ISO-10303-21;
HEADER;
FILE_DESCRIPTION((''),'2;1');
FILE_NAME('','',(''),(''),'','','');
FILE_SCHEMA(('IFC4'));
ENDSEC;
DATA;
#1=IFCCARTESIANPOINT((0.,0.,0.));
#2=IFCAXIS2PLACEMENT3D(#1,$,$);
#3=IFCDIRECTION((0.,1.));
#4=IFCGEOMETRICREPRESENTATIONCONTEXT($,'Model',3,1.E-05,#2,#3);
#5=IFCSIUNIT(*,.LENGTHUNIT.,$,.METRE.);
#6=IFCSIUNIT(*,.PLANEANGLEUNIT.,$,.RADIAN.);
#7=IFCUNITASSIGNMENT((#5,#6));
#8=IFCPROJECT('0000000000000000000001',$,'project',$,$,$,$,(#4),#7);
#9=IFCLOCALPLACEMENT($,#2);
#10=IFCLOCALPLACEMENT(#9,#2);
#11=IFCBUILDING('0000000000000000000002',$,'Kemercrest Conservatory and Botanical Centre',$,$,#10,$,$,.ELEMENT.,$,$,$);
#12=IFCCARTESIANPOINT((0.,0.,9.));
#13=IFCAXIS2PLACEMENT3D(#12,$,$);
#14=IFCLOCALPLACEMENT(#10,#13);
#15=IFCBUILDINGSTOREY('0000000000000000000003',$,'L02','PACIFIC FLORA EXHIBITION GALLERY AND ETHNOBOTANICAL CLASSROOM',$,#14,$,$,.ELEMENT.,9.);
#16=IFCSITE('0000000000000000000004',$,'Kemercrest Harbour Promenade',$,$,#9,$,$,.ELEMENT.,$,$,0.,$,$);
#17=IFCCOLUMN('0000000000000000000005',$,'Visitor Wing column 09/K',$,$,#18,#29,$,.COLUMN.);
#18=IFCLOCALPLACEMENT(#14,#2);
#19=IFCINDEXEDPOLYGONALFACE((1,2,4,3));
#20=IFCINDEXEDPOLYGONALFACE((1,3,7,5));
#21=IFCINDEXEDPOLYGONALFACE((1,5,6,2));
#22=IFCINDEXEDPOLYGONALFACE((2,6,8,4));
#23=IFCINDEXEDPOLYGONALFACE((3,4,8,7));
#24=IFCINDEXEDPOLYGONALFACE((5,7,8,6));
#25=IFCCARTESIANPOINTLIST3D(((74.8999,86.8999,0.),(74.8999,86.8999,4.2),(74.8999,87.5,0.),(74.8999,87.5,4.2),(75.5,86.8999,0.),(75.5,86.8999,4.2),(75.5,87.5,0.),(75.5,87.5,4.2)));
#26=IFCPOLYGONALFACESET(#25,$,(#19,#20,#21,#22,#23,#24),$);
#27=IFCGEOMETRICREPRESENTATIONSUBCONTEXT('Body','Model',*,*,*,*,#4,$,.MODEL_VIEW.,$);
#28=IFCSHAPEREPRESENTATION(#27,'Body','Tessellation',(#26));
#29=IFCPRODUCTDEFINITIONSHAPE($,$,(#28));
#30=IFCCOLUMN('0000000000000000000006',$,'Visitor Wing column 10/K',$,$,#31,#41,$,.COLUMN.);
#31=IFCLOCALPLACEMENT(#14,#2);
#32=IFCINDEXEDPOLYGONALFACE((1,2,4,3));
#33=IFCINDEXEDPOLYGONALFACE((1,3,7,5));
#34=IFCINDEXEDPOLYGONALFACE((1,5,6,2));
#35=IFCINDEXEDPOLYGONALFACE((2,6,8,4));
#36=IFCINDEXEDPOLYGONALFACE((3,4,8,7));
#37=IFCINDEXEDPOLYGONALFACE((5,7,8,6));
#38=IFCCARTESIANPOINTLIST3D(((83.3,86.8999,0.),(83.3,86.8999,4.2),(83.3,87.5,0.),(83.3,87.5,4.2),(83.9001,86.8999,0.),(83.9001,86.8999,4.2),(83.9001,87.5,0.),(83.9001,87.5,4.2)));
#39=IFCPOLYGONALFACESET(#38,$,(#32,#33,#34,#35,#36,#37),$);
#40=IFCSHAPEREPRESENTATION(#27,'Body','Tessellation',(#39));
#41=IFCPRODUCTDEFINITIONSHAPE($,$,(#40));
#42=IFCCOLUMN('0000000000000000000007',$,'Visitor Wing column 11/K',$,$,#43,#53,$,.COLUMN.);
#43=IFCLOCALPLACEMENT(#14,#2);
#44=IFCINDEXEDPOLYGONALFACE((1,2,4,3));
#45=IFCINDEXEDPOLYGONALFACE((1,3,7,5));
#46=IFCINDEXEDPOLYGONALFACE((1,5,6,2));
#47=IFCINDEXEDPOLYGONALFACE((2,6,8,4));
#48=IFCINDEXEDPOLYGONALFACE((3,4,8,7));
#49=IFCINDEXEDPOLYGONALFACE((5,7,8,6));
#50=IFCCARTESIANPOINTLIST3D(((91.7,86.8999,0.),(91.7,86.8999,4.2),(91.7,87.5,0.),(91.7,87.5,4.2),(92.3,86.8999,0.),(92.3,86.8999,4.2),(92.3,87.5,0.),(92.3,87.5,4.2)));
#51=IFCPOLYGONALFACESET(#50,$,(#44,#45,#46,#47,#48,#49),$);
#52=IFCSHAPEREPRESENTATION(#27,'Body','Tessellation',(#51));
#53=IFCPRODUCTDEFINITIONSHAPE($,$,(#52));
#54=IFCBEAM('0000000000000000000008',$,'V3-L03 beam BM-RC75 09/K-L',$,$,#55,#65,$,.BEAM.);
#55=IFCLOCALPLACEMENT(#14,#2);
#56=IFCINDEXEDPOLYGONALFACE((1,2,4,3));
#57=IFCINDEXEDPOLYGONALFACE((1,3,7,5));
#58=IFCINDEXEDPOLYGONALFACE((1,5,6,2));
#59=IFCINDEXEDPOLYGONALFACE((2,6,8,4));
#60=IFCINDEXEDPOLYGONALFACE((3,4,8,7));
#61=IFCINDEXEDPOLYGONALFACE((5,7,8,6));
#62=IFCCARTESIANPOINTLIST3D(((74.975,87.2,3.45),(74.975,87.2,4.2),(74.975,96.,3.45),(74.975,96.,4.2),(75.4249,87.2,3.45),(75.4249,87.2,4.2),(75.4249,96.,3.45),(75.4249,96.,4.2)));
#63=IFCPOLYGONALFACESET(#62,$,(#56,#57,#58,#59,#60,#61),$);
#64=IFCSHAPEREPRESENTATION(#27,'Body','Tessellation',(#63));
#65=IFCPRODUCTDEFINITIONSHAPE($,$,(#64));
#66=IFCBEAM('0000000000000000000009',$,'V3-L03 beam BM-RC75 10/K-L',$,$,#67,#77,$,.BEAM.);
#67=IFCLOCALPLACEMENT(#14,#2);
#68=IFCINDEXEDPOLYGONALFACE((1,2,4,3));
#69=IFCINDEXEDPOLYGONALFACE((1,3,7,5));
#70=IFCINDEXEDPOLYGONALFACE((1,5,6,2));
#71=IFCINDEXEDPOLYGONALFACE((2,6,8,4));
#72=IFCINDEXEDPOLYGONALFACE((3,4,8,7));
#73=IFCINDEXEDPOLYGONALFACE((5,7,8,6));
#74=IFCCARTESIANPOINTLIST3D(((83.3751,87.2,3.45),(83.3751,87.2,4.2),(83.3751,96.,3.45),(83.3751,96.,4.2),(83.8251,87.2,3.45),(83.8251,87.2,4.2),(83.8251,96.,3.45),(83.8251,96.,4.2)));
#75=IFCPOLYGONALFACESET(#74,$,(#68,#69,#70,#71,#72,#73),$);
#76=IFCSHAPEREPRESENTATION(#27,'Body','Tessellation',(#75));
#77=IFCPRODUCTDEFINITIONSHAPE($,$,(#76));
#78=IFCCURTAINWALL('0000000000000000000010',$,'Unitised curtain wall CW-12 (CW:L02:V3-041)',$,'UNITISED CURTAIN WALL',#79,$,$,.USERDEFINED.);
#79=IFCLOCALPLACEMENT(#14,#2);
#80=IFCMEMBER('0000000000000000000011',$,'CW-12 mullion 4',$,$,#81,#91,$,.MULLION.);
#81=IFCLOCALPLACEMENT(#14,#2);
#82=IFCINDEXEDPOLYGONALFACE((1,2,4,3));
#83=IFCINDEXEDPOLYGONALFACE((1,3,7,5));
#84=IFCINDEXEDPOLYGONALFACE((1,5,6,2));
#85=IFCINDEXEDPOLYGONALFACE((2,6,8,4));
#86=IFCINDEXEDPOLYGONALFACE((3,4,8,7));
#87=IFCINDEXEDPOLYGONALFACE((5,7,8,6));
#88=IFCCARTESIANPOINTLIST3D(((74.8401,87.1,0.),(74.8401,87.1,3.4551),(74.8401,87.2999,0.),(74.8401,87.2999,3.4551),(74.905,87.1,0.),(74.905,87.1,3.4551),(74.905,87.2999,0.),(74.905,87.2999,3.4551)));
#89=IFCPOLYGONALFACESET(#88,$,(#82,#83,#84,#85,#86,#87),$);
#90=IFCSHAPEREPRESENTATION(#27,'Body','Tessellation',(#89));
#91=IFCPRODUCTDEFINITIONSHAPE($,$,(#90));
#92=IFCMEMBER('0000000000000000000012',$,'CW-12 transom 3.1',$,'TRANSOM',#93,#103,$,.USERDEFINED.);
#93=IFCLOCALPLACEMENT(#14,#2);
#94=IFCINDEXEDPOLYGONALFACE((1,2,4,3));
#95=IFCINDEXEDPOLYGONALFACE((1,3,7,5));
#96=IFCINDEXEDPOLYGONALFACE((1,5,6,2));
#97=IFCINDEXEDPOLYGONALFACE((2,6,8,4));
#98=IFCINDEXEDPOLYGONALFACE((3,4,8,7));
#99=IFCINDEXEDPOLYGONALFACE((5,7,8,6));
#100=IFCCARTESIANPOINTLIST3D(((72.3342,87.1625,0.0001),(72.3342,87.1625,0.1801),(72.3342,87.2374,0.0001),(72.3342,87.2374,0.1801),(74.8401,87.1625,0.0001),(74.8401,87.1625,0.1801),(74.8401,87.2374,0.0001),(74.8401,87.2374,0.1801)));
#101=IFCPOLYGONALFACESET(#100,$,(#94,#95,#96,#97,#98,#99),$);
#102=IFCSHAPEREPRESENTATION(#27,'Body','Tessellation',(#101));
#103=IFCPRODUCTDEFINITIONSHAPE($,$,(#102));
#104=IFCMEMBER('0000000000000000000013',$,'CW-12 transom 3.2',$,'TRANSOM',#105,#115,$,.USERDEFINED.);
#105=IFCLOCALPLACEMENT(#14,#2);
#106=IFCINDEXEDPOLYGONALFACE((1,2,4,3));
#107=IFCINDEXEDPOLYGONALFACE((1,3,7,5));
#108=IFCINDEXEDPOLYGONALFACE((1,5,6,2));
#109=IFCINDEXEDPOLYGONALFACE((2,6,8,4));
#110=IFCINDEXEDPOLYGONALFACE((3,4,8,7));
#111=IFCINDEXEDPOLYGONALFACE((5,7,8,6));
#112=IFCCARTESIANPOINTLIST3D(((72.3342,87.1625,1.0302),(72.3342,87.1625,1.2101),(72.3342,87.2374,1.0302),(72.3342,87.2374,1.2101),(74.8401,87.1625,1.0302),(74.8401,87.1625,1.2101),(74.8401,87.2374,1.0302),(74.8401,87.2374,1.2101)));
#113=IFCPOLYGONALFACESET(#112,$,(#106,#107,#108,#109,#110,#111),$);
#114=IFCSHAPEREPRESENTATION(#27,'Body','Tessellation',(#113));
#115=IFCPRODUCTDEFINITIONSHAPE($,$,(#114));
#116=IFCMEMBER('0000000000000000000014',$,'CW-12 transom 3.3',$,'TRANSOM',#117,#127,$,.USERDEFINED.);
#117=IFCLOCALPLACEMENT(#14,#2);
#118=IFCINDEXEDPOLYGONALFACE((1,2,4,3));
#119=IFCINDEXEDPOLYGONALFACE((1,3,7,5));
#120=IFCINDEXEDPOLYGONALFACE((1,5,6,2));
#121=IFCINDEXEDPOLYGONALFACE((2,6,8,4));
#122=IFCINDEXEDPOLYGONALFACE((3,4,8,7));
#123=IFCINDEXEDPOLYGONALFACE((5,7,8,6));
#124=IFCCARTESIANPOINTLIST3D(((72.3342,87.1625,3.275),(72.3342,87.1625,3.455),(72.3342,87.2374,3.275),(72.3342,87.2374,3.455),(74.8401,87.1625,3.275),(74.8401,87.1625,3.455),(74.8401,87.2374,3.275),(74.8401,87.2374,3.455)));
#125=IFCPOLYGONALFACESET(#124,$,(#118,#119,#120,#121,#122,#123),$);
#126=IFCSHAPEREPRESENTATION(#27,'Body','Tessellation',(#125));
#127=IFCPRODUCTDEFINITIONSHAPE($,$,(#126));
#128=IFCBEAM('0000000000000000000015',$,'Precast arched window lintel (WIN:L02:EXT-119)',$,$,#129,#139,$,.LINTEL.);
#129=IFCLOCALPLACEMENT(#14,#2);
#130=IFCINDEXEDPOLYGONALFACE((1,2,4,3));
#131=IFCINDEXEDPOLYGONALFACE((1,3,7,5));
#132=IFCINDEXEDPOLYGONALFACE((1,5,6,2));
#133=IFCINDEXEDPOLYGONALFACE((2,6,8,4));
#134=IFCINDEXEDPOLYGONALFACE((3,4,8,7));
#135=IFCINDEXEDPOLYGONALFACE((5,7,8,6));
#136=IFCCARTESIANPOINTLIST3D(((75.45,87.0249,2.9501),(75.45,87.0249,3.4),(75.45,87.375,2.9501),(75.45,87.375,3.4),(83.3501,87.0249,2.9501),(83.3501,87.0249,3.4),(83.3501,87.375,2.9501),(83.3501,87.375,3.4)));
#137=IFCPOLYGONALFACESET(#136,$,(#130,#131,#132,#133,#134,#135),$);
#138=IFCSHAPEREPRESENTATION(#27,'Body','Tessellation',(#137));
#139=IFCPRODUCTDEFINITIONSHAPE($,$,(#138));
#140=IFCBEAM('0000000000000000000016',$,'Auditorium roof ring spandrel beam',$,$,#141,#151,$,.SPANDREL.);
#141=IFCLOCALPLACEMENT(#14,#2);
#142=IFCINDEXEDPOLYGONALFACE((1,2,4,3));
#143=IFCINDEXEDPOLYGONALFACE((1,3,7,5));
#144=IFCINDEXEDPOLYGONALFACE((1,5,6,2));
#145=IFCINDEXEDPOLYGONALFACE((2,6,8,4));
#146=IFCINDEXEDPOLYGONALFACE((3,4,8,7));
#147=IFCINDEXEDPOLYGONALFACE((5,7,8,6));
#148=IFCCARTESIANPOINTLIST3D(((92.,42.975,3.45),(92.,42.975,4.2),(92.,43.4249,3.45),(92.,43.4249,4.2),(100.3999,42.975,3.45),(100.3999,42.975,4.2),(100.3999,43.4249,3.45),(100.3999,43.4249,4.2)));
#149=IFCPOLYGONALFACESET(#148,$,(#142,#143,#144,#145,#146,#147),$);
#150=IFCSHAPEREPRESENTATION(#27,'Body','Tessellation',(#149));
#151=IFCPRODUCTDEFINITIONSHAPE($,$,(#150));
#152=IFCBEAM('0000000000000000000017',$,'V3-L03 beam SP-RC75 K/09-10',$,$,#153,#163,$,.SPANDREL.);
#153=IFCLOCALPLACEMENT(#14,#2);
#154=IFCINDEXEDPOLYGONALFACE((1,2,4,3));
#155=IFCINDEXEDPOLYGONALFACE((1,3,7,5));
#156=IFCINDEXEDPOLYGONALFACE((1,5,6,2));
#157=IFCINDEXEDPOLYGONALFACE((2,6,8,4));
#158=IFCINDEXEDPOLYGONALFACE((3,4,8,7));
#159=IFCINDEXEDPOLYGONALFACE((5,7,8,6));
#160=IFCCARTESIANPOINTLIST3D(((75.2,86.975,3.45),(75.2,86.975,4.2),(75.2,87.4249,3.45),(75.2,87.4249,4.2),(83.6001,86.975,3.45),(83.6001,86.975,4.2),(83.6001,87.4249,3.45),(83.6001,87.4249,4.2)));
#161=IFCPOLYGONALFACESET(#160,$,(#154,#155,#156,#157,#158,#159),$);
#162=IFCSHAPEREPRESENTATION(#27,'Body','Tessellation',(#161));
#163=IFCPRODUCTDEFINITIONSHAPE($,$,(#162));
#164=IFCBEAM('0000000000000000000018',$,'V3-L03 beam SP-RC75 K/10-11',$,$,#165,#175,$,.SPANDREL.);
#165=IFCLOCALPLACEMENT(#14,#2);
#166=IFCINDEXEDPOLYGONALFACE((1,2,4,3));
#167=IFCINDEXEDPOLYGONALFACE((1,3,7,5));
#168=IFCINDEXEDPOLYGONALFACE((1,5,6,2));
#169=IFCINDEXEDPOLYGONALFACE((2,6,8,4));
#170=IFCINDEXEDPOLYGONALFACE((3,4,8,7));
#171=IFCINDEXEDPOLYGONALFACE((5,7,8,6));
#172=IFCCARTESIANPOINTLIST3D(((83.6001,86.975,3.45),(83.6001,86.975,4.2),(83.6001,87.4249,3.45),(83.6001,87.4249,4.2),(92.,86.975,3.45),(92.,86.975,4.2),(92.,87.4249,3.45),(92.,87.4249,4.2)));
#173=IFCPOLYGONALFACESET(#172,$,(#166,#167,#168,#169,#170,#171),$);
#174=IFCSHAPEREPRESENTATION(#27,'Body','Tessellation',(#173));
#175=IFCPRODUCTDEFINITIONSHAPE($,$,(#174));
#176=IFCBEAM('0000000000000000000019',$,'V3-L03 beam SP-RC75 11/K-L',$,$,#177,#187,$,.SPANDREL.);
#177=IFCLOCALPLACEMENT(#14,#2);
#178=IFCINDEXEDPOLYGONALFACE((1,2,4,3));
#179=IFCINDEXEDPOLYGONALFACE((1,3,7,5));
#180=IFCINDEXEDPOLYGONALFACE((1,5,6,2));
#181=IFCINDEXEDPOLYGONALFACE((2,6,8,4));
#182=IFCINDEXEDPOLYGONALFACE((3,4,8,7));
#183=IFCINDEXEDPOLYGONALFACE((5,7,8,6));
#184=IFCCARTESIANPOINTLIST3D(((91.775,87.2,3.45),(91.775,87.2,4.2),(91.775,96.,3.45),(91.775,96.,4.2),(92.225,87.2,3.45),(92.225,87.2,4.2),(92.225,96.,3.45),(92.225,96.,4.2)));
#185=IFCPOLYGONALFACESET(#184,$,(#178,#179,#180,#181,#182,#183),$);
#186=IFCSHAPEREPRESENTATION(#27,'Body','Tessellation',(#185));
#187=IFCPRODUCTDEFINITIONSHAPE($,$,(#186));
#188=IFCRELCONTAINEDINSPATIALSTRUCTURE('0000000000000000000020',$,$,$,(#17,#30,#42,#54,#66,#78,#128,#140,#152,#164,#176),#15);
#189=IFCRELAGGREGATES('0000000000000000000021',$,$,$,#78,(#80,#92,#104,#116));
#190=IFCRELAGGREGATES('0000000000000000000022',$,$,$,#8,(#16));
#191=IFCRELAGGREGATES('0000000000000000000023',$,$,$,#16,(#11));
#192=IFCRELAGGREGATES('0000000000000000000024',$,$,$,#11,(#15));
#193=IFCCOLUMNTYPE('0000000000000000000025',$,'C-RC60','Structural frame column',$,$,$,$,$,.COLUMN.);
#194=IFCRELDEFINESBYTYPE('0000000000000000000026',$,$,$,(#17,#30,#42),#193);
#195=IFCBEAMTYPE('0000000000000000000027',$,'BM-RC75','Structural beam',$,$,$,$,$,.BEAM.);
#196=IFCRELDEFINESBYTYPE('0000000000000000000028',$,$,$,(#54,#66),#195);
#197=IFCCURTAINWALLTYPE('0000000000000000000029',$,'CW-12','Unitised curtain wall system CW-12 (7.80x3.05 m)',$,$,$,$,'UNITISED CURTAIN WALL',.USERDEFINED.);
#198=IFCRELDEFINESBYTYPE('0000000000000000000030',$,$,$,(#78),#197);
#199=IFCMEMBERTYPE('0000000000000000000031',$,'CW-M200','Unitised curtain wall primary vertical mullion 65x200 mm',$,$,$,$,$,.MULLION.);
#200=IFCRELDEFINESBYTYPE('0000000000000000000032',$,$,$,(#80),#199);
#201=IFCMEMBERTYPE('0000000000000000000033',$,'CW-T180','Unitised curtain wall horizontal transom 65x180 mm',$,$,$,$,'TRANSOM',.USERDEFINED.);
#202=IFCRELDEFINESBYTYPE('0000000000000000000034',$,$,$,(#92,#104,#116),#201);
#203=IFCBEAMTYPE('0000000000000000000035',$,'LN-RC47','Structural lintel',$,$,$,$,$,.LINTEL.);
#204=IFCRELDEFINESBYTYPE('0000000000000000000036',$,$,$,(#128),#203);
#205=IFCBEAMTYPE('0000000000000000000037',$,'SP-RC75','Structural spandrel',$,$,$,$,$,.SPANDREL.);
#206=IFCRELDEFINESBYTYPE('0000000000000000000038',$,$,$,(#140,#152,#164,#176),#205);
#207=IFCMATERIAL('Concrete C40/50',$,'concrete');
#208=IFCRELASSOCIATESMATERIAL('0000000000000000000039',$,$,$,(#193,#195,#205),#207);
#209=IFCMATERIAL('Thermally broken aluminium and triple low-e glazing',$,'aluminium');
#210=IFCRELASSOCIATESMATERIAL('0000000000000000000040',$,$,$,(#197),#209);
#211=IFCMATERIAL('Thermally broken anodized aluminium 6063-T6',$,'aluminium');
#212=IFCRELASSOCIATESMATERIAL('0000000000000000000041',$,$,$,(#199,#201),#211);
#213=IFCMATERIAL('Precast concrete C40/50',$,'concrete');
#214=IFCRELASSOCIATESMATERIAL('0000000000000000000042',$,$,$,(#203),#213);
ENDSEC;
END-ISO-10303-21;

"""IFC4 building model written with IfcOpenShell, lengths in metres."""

from ifc_helpers import new_model, si_unit, direction, frame, origin, origin_2d, place, context, subcontext, project, spatial, rectangle, extrude, material, material_profile, profile_set, type_object, element, aggregate, save


model = new_model("IFC4")

# Units and contexts
model_context = context("Model", 3, precision=1e-05, world=origin(), true_north=direction((0.0, 1.0)))
body_context = subcontext(model_context, "Body", "Model", "MODEL_VIEW")
ifc_project = project(units=[si_unit("LENGTHUNIT", "METRE"), si_unit("PLANEANGLEUNIT", "RADIAN")], contexts=[model_context])

# Site, building, storey
site_placement = place(None, origin())
site = spatial("IfcSite", under=ifc_project, at=site_placement, Name="Kemercrest Harbour Promenade", CompositionType="ELEMENT", RefElevation=0.0)
building_placement = place(site_placement, origin())
building = spatial("IfcBuilding", under=site, at=building_placement, Name="Kemercrest Conservatory and Botanical Centre", CompositionType="ELEMENT")
storey_placement = place(building_placement, frame((0.0, 0.0, 9.0)))
storey = spatial("IfcBuildingStorey", under=building, at=storey_placement, Name="L02", Description="PACIFIC FLORA EXHIBITION GALLERY AND ETHNOBOTANICAL CLASSROOM", CompositionType="ELEMENT", Elevation=9.0)

# Columns
ifc_material_1 = material(Name="Concrete C40/50", Category="concrete")
ifc_material_profile_1 = material_profile(ifc_material_1, rectangle(XDim=0.6001, YDim=0.6001, at=origin_2d()), Name="RC 600x600")
ifc_profile_set_1 = profile_set([ifc_material_profile_1], Name="Concrete C40/50")
column_type = type_object("IfcColumnType", Name="C-RC60", Description="Structural frame column", PredefinedType="COLUMN", material=ifc_profile_set_1)
for number, where, z_axis, x_axis, name in (
    (1, (75.2, 87.2, 0.0), (0.0, 0.0, 1.0), (1.0, 0.0, 0.0), "Visitor Wing column 09/K"),
    (2, (83.6001, 87.2, 0.0), (0.0, 0.0, 1.0), (1.0, 0.0, 0.0), "Visitor Wing column 10/K"),
    (3, (92.0, 87.2, 0.0), (0.0, 0.0, 1.0), (1.0, 0.0, 0.0), "Visitor Wing column 11/K"),
):
    element("IfcColumn", number, at=place(storey_placement, frame(where, z_axis=z_axis, x_axis=x_axis)), inside=storey, type_object=column_type, Name=name, PredefinedType="COLUMN", context=body_context, shape_type="SweptSolid", body=[
        extrude(rectangle(XDim=0.6001, YDim=0.6001, at=origin_2d()), origin(), (0.0, 0.0, 1.0), 4.2),
    ])

# Beams
ifc_material_profile_2 = material_profile(ifc_material_1, rectangle(XDim=0.45, YDim=0.75, at=origin_2d()), Name="RC 450x750")
ifc_profile_set_2 = profile_set([ifc_material_profile_2], Name="Concrete C40/50")
beam_type_1 = type_object("IfcBeamType", Name="BM-RC75", Description="Structural beam", PredefinedType="BEAM", material=ifc_profile_set_2)
for number, where, z_axis, x_axis, name in (
    (4, (75.2, 87.2, 3.825), (0.0, 1.0, 0.0), (-1.0, 0.0, 0.0), "V3-L03 beam BM-RC75 09/K-L"),
    (5, (83.6001, 87.2, 3.825), (0.0, 1.0, 0.0), (-1.0, 0.0, 0.0), "V3-L03 beam BM-RC75 10/K-L"),
):
    element("IfcBeam", number, at=place(storey_placement, frame(where, z_axis=z_axis, x_axis=x_axis)), inside=storey, type_object=beam_type_1, Name=name, PredefinedType="BEAM", context=body_context, shape_type="SweptSolid", body=[
        extrude(rectangle(XDim=0.45, YDim=0.75, at=origin_2d()), origin(), (0.0, 0.0, 1.0), 8.8),
    ])

# Curtain wall, members
ifc_material_2 = material(Name="Thermally broken aluminium and triple low-e glazing", Category="aluminium")
curtain_wall_type = type_object("IfcCurtainWallType", Name="CW-12", Description="Unitised curtain wall system CW-12 (7.80x3.05 m)", ElementType="UNITISED CURTAIN WALL", PredefinedType="USERDEFINED", material=ifc_material_2)
curtain_wall_placement = place(storey_placement, origin())
curtain_wall = element("IfcCurtainWall", 6, at=curtain_wall_placement, inside=storey, type_object=curtain_wall_type, Name="Unitised curtain wall CW-12 (CW:L02:V3-041)", ObjectType="UNITISED CURTAIN WALL", PredefinedType="USERDEFINED")
ifc_material_3 = material(Name="Thermally broken anodized aluminium 6063-T6", Category="aluminium")
ifc_material_profile_3 = material_profile(ifc_material_3, rectangle(XDim=0.2, YDim=0.0649, at=origin_2d()), Name="AL MULLION 65x200")
ifc_profile_set_3 = profile_set([ifc_material_profile_3], Name="Thermally broken anodized aluminium 6063-T6")
member_type_1 = type_object("IfcMemberType", Name="CW-M200", Description="Unitised curtain wall primary vertical mullion 65x200 mm", PredefinedType="MULLION", material=ifc_profile_set_3)
member_1_placement = place(storey_placement, frame((74.8726, 87.2, 0.0), z_axis=(0.0, 0.0, 1.0), x_axis=(0.0, 1.0, 0.0)))
member_1 = element("IfcMember", 7, at=member_1_placement, type_object=member_type_1, Name="CW-12 mullion 4", PredefinedType="MULLION", context=body_context, shape_type="SweptSolid", body=[
    extrude(rectangle(XDim=0.2, YDim=0.0649, at=origin_2d()), origin(), (0.0, 0.0, 1.0), 3.4551),
])
ifc_material_profile_4 = material_profile(ifc_material_3, rectangle(XDim=0.075, YDim=0.1799, at=origin_2d()), Name="AL TRANSOM 75x180")
ifc_profile_set_4 = profile_set([ifc_material_profile_4], Name="Thermally broken anodized aluminium 6063-T6")
member_type_2 = type_object("IfcMemberType", Name="CW-T180", Description="Unitised curtain wall horizontal transom 65x180 mm", ElementType="TRANSOM", PredefinedType="USERDEFINED", material=ifc_profile_set_4)
member_2_placement = place(storey_placement, frame((72.3342, 87.2, 0.0901), z_axis=(1.0, 0.0, 0.0), x_axis=(0.0, 1.0, 0.0)))
member_2 = element("IfcMember", 8, at=member_2_placement, type_object=member_type_2, Name="CW-12 transom 3.1", ObjectType="TRANSOM", PredefinedType="USERDEFINED", context=body_context, shape_type="SweptSolid", body=[
    extrude(rectangle(XDim=0.075, YDim=0.1799, at=origin_2d()), origin(), (0.0, 0.0, 1.0), 2.5059),
])
member_3_placement = place(storey_placement, frame((72.3342, 87.2, 1.1201), z_axis=(1.0, 0.0, 0.0), x_axis=(0.0, 1.0, 0.0)))
member_3 = element("IfcMember", 9, at=member_3_placement, type_object=member_type_2, Name="CW-12 transom 3.2", ObjectType="TRANSOM", PredefinedType="USERDEFINED", context=body_context, shape_type="SweptSolid", body=[
    extrude(rectangle(XDim=0.075, YDim=0.1799, at=origin_2d()), origin(), (0.0, 0.0, 1.0), 2.5059),
])
member_4_placement = place(storey_placement, frame((72.3342, 87.2, 3.365), z_axis=(1.0, 0.0, 0.0), x_axis=(0.0, 1.0, 0.0)))
member_4 = element("IfcMember", 10, at=member_4_placement, type_object=member_type_2, Name="CW-12 transom 3.3", ObjectType="TRANSOM", PredefinedType="USERDEFINED", context=body_context, shape_type="SweptSolid", body=[
    extrude(rectangle(XDim=0.075, YDim=0.1799, at=origin_2d()), origin(), (0.0, 0.0, 1.0), 2.5059),
])

# Beams
ifc_material_4 = material(Name="Precast concrete C40/50", Category="concrete")
ifc_material_profile_5 = material_profile(ifc_material_4, rectangle(XDim=0.3501, YDim=0.45, at=origin_2d()), Name="RC 350x450")
ifc_profile_set_5 = profile_set([ifc_material_profile_5], Name="Precast concrete C40/50")
beam_type_2 = type_object("IfcBeamType", Name="LN-RC47", Description="Structural lintel", PredefinedType="LINTEL", material=ifc_profile_set_5)
beam_1_placement = place(storey_placement, frame((75.45, 87.2, 3.175), z_axis=(1.0, 0.0, 0.0), x_axis=(0.0, 1.0, 0.0)))
element("IfcBeam", 11, at=beam_1_placement, inside=storey, type_object=beam_type_2, Name="Precast arched window lintel (WIN:L02:EXT-119)", PredefinedType="LINTEL", context=body_context, shape_type="SweptSolid", body=[
    extrude(rectangle(XDim=0.3501, YDim=0.45, at=origin_2d()), origin(), (0.0, 0.0, 1.0), 7.9001),
])
ifc_material_profile_6 = material_profile(ifc_material_1, rectangle(XDim=0.45, YDim=0.75, at=origin_2d()), Name="RC 450x750")
ifc_profile_set_6 = profile_set([ifc_material_profile_6], Name="Concrete C40/50")
beam_type_3 = type_object("IfcBeamType", Name="SP-RC75", Description="Structural spandrel", PredefinedType="SPANDREL", material=ifc_profile_set_6)
beam_2_placement = place(storey_placement, frame((92.0, 43.2, 3.825), z_axis=(1.0, 0.0, 0.0), x_axis=(0.0, 1.0, 0.0)))
element("IfcBeam", 12, at=beam_2_placement, inside=storey, type_object=beam_type_3, Name="Auditorium roof ring spandrel beam", PredefinedType="SPANDREL", context=body_context, shape_type="SweptSolid", body=[
    extrude(rectangle(XDim=0.45, YDim=0.75, at=origin_2d()), origin(), (0.0, 0.0, 1.0), 8.3999),
])
beam_3_placement = place(storey_placement, frame((75.2, 87.2, 3.825), z_axis=(1.0, 0.0, 0.0), x_axis=(0.0, 1.0, 0.0)))
element("IfcBeam", 13, at=beam_3_placement, inside=storey, type_object=beam_type_3, Name="V3-L03 beam SP-RC75 K/09-10", PredefinedType="SPANDREL", context=body_context, shape_type="SweptSolid", body=[
    extrude(rectangle(XDim=0.45, YDim=0.75, at=origin_2d()), origin(), (0.0, 0.0, 1.0), 8.4001),
])
beam_4_placement = place(storey_placement, frame((83.6001, 87.2, 3.825), z_axis=(1.0, 0.0, 0.0), x_axis=(0.0, 1.0, 0.0)))
element("IfcBeam", 14, at=beam_4_placement, inside=storey, type_object=beam_type_3, Name="V3-L03 beam SP-RC75 K/10-11", PredefinedType="SPANDREL", context=body_context, shape_type="SweptSolid", body=[
    extrude(rectangle(XDim=0.45, YDim=0.75, at=origin_2d()), origin(), (0.0, 0.0, 1.0), 8.3999),
])
beam_5_placement = place(storey_placement, frame((92.0, 87.2, 3.825), z_axis=(0.0, 1.0, 0.0), x_axis=(-1.0, 0.0, 0.0)))
element("IfcBeam", 15, at=beam_5_placement, inside=storey, type_object=beam_type_3, Name="V3-L03 beam SP-RC75 11/K-L", PredefinedType="SPANDREL", context=body_context, shape_type="SweptSolid", body=[
    extrude(rectangle(XDim=0.45, YDim=0.75, at=origin_2d()), origin(), (0.0, 0.0, 1.0), 8.8),
])

aggregate(curtain_wall, [member_1, member_2, member_3, member_4])

save(model, "model.ifc")
